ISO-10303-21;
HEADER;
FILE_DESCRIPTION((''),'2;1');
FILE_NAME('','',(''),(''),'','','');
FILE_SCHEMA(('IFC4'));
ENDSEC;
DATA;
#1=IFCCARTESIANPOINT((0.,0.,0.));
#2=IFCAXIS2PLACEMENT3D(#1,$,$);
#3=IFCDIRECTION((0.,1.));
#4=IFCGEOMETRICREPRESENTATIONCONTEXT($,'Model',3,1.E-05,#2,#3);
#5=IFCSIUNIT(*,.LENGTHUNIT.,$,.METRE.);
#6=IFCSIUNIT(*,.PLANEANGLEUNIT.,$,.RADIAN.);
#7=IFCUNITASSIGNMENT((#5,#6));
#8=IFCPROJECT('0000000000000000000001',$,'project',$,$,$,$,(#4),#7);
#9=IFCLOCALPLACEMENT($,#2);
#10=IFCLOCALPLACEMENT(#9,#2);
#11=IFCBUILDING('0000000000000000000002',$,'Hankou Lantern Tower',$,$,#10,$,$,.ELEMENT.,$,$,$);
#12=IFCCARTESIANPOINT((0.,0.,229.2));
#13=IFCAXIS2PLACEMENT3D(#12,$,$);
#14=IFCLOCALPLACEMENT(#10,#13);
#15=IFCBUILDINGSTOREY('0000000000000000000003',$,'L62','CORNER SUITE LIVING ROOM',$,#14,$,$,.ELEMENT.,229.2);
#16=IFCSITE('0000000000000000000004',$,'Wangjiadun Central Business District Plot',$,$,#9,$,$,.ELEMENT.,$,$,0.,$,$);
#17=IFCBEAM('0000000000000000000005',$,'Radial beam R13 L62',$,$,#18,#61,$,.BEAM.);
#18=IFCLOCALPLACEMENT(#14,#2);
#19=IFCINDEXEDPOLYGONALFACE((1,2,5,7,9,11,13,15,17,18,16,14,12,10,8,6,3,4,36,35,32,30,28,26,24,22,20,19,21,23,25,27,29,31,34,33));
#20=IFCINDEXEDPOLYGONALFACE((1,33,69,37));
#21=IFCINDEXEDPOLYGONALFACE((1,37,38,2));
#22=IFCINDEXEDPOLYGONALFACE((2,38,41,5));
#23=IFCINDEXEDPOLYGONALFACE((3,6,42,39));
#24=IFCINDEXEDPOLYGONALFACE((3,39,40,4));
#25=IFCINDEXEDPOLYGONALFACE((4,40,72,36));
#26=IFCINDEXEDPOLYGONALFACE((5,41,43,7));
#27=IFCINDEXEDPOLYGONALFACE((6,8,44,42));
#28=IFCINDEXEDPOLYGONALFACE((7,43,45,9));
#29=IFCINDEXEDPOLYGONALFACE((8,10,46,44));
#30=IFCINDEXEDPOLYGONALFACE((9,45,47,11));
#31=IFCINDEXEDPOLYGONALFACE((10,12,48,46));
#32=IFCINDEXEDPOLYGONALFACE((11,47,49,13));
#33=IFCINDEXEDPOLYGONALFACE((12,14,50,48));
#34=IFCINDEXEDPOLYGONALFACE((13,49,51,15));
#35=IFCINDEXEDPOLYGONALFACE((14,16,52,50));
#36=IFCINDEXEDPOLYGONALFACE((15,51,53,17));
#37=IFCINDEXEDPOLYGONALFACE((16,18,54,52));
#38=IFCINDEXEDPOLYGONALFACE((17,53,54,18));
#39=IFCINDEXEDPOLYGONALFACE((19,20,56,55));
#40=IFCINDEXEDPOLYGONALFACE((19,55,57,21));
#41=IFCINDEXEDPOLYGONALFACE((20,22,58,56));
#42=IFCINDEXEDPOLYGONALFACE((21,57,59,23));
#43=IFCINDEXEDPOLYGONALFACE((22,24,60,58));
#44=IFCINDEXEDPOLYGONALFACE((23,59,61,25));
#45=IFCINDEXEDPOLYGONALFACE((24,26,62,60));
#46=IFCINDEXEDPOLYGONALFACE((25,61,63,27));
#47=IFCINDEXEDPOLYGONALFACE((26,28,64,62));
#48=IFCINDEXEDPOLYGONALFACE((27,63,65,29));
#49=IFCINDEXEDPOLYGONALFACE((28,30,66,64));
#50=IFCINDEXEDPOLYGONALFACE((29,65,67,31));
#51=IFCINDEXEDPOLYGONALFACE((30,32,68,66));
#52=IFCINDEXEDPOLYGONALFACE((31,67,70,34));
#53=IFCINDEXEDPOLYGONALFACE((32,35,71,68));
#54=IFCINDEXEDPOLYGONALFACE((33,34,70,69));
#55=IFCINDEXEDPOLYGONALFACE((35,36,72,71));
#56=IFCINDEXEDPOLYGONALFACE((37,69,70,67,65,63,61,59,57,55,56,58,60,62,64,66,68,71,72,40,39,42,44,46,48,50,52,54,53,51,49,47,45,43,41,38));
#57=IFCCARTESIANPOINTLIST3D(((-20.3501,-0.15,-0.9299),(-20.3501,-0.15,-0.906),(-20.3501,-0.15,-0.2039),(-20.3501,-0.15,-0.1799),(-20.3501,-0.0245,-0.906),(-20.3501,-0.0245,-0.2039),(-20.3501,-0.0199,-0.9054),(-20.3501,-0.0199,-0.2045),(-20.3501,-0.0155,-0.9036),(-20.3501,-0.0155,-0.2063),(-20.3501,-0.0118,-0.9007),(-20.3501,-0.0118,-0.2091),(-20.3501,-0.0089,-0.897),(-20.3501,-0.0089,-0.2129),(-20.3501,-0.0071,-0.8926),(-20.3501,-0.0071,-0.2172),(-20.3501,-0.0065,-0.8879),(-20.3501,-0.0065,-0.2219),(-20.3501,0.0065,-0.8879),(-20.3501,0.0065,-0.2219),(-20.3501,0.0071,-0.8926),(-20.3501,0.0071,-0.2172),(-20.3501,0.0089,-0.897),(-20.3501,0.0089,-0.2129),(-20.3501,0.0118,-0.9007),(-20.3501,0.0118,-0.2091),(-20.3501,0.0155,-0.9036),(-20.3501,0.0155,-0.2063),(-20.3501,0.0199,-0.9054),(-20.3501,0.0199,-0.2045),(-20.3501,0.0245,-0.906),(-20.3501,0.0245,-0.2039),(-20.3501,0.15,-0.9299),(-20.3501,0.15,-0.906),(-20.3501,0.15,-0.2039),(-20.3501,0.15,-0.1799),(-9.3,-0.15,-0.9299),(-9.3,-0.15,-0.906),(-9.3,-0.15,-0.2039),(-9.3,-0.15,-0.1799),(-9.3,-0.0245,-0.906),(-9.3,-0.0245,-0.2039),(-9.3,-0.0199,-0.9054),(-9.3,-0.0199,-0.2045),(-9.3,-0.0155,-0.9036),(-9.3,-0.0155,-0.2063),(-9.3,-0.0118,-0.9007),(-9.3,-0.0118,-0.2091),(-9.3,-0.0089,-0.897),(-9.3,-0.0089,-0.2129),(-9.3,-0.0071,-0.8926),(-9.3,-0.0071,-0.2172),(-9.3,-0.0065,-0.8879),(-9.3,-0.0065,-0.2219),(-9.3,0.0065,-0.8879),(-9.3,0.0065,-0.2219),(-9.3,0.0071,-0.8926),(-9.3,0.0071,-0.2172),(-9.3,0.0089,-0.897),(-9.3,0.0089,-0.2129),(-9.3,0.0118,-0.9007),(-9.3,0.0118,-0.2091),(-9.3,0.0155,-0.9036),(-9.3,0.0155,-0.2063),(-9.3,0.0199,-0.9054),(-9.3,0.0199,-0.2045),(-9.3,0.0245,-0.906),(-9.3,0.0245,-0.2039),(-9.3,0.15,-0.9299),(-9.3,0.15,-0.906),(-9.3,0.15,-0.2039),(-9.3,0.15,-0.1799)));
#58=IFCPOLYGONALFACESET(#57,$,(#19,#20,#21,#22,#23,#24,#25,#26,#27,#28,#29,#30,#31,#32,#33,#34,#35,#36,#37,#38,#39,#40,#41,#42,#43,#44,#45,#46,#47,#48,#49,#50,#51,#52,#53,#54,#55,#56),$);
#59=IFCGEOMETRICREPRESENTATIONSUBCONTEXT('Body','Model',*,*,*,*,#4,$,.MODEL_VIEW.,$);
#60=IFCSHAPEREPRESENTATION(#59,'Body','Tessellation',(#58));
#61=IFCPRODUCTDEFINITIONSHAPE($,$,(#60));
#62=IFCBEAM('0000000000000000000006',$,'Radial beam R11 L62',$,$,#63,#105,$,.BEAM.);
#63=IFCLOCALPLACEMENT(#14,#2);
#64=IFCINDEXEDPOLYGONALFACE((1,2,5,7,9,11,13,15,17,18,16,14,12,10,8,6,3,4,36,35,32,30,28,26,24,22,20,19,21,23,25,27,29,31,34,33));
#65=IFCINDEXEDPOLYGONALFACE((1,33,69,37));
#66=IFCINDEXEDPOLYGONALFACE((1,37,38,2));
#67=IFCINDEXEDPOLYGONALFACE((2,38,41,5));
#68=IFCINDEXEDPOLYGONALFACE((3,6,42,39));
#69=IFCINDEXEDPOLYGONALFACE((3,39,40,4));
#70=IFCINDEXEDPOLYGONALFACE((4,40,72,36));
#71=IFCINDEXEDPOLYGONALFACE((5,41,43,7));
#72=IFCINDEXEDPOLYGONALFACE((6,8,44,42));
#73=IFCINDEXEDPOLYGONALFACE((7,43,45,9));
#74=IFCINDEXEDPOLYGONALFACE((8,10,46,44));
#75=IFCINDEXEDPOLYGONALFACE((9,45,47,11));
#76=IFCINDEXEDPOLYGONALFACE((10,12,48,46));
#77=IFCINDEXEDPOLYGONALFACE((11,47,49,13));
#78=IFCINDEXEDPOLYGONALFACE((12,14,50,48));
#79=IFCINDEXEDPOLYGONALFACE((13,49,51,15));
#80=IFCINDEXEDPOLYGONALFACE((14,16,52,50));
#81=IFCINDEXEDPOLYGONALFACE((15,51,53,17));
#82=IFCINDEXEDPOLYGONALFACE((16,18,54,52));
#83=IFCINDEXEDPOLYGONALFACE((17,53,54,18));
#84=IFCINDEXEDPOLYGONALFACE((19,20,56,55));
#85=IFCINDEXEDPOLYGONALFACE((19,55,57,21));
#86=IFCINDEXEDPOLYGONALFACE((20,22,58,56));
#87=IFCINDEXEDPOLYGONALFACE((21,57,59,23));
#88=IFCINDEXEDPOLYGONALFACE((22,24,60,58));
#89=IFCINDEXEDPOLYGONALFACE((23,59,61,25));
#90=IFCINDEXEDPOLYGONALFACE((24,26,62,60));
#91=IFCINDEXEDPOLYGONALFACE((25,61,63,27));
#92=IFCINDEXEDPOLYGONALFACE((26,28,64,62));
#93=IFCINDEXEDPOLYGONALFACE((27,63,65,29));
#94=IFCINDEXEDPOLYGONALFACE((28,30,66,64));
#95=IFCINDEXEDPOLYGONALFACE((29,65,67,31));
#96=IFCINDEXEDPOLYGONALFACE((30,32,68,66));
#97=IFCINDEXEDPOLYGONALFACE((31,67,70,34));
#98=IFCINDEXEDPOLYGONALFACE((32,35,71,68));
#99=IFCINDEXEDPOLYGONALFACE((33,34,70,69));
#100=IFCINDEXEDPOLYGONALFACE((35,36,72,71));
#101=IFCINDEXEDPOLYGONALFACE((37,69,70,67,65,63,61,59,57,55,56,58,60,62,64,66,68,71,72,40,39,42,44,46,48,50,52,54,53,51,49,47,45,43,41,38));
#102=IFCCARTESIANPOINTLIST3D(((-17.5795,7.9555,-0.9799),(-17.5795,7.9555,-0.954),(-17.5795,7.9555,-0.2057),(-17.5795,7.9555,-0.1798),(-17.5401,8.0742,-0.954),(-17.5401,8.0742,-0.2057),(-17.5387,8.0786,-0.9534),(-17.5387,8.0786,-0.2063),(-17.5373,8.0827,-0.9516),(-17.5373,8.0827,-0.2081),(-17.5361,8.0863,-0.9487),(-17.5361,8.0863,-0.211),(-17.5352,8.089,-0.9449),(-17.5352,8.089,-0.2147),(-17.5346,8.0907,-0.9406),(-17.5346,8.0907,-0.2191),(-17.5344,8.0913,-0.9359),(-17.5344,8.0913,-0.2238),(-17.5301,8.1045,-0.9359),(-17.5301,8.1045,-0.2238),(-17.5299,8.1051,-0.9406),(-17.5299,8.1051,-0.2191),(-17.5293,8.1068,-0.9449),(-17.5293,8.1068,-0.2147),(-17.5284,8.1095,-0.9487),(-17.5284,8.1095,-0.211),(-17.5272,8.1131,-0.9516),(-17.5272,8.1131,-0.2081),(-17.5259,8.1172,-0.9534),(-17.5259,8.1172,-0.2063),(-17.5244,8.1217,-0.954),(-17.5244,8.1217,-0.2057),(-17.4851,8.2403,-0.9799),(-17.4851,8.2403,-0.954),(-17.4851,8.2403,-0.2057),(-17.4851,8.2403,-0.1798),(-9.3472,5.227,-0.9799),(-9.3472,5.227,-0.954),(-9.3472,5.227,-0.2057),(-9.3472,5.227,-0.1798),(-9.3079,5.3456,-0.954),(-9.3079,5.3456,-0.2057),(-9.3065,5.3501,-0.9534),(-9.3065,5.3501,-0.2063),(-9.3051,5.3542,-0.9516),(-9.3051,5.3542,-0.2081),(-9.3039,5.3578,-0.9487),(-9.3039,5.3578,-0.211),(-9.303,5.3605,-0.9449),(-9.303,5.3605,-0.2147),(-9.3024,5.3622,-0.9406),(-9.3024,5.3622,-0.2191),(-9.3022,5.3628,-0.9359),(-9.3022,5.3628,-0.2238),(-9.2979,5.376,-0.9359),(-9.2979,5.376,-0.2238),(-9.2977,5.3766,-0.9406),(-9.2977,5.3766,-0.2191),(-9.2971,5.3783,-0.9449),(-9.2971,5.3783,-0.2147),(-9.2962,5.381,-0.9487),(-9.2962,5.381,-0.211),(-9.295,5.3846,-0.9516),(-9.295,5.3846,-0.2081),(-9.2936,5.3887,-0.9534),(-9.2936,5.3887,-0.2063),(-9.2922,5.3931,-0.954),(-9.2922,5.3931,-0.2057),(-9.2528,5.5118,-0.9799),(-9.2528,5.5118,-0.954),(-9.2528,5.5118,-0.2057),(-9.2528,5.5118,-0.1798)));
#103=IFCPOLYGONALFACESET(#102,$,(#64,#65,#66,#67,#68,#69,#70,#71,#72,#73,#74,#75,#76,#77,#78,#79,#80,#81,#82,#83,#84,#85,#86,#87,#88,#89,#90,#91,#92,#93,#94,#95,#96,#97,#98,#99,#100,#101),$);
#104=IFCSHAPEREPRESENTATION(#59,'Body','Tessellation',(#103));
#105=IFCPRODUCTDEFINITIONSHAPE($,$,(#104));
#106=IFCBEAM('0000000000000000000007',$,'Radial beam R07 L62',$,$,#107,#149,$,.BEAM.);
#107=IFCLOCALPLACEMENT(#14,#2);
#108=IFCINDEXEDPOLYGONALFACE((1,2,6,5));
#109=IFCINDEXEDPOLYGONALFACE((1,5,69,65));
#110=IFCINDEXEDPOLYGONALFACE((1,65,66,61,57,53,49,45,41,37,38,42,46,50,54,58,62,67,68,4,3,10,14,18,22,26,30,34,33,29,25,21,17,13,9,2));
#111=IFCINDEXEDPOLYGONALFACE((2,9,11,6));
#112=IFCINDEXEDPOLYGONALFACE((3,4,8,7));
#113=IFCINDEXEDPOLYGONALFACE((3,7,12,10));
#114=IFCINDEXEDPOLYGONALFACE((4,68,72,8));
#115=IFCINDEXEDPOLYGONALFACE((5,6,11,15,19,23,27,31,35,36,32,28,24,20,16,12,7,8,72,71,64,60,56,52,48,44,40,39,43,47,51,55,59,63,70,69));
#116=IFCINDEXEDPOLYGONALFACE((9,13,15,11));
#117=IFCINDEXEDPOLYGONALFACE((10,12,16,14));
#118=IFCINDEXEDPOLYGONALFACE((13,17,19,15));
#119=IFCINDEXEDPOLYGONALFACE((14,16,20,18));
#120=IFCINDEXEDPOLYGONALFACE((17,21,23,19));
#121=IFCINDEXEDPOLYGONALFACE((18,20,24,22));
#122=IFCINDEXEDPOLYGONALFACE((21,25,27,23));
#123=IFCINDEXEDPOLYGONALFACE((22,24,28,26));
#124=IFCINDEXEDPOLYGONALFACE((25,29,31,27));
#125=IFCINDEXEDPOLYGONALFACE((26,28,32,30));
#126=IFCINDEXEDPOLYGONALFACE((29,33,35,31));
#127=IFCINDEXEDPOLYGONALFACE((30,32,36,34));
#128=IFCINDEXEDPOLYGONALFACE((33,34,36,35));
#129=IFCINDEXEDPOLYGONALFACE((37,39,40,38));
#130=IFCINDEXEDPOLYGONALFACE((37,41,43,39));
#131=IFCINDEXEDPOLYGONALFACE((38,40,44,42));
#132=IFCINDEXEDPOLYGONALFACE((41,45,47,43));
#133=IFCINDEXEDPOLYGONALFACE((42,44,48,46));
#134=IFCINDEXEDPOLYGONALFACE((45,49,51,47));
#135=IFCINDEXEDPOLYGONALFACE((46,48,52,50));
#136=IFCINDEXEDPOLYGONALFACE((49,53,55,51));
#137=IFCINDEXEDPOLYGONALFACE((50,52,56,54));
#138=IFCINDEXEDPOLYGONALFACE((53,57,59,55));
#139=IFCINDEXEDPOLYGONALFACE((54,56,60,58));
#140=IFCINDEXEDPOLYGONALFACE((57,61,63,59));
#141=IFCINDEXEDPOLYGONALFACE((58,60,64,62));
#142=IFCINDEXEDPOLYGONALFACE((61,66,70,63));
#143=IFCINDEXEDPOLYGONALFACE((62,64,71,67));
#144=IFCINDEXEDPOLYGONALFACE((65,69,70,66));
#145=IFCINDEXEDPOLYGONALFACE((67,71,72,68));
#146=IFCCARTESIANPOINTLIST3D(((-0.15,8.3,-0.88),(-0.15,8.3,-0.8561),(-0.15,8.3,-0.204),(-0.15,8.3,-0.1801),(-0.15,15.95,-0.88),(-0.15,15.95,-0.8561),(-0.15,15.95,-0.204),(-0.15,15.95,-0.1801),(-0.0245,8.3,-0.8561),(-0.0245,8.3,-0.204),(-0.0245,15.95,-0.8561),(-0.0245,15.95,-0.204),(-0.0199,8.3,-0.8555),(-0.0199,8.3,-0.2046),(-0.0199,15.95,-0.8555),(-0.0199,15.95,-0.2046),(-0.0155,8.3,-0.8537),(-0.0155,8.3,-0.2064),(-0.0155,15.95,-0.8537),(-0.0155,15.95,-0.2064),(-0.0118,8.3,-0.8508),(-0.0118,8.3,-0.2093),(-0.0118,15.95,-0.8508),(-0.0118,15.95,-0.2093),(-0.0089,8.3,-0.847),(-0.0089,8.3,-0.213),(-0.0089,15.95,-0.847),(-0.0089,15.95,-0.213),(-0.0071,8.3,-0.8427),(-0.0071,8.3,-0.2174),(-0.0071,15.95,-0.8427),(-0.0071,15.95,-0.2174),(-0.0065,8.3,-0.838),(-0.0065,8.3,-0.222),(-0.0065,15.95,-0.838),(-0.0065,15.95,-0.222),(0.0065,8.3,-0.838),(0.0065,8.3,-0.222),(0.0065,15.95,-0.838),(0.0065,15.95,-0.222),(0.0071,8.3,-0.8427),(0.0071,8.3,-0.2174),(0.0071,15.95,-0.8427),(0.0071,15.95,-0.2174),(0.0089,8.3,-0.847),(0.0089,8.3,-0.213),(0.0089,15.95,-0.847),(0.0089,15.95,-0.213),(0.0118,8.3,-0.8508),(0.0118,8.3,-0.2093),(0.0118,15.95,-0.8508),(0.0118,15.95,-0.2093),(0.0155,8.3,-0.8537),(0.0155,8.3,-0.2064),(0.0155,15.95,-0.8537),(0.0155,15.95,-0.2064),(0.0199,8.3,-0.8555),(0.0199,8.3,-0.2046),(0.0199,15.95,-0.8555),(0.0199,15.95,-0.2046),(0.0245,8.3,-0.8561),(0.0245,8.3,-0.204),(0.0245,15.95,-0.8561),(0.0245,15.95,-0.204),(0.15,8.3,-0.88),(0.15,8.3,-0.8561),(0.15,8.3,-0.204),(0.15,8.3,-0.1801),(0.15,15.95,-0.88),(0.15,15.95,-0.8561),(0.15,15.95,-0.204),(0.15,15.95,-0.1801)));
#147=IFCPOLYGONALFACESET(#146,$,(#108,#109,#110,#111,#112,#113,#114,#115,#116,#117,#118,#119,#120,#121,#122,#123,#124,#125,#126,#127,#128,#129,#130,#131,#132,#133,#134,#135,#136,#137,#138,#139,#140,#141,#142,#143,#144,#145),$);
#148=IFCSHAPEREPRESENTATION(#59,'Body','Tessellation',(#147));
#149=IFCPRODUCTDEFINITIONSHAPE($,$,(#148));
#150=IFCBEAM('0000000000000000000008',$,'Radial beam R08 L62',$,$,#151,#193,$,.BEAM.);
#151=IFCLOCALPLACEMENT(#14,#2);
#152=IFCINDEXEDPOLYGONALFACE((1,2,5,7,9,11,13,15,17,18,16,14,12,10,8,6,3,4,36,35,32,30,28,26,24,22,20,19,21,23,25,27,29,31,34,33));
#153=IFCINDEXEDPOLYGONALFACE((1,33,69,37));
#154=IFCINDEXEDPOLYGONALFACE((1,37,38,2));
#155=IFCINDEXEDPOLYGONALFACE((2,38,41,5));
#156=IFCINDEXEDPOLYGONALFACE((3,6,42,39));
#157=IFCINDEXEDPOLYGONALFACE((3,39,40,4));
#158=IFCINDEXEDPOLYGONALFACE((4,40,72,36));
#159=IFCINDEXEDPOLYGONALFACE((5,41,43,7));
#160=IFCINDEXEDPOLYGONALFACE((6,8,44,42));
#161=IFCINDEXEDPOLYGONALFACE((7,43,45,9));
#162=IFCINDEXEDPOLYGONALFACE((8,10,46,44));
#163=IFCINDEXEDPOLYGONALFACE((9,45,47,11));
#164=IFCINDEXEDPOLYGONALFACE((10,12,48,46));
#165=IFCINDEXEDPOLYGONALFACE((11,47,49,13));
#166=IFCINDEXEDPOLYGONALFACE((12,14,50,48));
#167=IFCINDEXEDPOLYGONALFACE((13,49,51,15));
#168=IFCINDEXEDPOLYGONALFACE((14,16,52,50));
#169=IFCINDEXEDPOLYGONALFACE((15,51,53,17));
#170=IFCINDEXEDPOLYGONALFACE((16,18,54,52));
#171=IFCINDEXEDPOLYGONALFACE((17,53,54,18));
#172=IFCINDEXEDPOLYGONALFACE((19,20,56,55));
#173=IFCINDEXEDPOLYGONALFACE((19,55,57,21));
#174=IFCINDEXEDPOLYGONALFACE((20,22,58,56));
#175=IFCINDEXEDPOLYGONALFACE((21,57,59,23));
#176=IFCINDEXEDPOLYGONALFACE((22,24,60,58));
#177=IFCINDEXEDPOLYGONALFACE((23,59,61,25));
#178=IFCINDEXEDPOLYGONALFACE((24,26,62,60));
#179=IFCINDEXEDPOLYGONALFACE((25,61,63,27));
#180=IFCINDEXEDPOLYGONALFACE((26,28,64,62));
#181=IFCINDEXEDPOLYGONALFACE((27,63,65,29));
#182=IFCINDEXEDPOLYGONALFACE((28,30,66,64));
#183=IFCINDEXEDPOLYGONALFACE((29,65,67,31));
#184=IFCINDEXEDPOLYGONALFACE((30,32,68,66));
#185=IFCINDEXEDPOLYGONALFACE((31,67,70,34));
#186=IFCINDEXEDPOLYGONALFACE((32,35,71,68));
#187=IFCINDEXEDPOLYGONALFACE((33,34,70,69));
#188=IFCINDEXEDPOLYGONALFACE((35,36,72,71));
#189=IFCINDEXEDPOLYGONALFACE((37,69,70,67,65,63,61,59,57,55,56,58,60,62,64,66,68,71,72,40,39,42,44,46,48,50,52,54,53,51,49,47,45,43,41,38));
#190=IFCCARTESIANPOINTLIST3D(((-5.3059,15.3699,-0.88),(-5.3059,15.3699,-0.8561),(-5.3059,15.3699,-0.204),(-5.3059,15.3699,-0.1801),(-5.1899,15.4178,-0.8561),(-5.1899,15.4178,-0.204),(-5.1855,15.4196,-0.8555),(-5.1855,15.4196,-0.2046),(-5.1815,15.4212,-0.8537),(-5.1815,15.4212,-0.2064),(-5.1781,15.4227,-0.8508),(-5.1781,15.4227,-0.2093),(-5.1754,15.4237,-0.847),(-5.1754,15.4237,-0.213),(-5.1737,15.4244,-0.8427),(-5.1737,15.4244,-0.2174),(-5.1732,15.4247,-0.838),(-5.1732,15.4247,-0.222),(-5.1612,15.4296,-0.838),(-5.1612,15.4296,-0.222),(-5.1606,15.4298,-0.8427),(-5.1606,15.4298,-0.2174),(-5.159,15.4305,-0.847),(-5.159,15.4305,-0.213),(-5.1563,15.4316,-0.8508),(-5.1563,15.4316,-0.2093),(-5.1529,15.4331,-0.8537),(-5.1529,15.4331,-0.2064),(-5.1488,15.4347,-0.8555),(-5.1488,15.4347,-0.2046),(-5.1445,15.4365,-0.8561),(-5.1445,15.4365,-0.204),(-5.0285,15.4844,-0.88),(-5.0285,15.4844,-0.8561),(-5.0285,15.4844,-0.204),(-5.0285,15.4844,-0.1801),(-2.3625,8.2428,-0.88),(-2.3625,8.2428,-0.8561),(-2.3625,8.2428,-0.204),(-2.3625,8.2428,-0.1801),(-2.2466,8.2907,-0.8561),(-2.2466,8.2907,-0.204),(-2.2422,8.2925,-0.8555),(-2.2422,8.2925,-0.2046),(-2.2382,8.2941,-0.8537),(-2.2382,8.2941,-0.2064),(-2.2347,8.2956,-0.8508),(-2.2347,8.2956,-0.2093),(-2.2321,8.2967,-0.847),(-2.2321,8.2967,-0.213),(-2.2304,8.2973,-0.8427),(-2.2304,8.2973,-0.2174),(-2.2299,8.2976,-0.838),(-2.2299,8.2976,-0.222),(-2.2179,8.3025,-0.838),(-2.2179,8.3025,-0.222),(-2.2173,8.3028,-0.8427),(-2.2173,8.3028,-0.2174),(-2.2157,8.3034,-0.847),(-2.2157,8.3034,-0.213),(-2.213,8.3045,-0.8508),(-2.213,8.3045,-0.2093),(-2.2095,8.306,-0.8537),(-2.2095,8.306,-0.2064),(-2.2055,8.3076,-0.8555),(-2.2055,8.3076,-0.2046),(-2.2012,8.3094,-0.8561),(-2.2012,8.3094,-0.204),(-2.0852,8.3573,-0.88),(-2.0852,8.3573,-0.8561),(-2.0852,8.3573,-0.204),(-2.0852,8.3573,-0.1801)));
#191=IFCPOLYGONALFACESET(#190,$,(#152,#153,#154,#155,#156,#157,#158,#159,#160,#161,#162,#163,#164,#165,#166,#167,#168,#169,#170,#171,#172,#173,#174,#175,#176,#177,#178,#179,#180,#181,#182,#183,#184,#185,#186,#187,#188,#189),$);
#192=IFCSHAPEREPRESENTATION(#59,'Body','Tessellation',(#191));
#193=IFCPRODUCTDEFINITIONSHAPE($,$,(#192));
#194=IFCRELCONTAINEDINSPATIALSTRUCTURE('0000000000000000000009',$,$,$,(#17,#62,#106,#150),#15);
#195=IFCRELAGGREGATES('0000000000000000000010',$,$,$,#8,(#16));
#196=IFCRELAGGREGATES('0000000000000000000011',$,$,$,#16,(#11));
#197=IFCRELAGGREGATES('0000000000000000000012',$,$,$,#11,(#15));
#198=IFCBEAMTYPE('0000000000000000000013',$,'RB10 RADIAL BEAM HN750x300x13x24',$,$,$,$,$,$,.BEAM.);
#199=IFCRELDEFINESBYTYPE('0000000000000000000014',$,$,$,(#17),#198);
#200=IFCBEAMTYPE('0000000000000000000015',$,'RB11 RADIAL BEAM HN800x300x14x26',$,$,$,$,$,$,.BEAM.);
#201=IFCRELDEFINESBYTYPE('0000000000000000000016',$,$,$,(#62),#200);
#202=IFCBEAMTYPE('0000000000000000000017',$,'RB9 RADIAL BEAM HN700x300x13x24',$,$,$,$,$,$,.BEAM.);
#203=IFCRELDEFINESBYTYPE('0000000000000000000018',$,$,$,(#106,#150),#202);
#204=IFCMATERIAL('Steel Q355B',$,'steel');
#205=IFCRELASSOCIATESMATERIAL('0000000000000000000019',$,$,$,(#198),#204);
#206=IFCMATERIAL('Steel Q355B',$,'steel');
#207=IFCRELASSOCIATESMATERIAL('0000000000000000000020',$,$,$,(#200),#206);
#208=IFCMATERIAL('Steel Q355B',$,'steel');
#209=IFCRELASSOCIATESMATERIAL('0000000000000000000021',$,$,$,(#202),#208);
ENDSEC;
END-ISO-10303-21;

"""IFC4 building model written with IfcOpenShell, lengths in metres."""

from ifc_helpers import new_model, si_unit, direction, frame, origin, origin_2d, place, context, subcontext, project, spatial, i_section, extrude, material, material_profile, profile_set, type_object, element, save


model = new_model("IFC4")

# Units and contexts
model_context = context("Model", 3, precision=1e-05, world=origin(), true_north=direction((0.0, 1.0)))
body_context = subcontext(model_context, "Body", "Model", "MODEL_VIEW")
ifc_project = project(units=[si_unit("LENGTHUNIT", "METRE"), si_unit("PLANEANGLEUNIT", "RADIAN")], contexts=[model_context])

# Site, building, storey
site_placement = place(None, origin())
site = spatial("IfcSite", under=ifc_project, at=site_placement, Name="Wangjiadun Central Business District Plot", CompositionType="ELEMENT", RefElevation=0.0)
building_placement = place(site_placement, origin())
building = spatial("IfcBuilding", under=site, at=building_placement, Name="Hankou Lantern Tower", CompositionType="ELEMENT")
storey_placement = place(building_placement, frame((0.0, 0.0, 229.2)))
storey = spatial("IfcBuildingStorey", under=building, at=storey_placement, Name="L62", Description="CORNER SUITE LIVING ROOM", CompositionType="ELEMENT", Elevation=229.2)

# Beams
ifc_material_1 = material(Name="Steel Q355B", Category="steel")
ifc_material_profile_1 = material_profile(ifc_material_1, i_section(OverallWidth=0.3, OverallDepth=0.75, WebThickness=0.0129, FlangeThickness=0.0239, FilletRadius=0.0181, at=origin_2d()), Name="HN750x300x13x24")
ifc_profile_set_1 = profile_set([ifc_material_profile_1], Name="Steel Q355B")
beam_type_1 = type_object("IfcBeamType", Name="RB10 RADIAL BEAM HN750x300x13x24", PredefinedType="BEAM", material=ifc_profile_set_1)
beam_1_placement = place(storey_placement, frame((-9.3, 0.0, -0.5549), z_axis=(-1.0, 0.0, 0.0), x_axis=(0.0, -1.0, 0.0)))
element("IfcBeam", 1, at=beam_1_placement, inside=storey, type_object=beam_type_1, Name="Radial beam R13 L62", PredefinedType="BEAM", context=body_context, shape_type="SweptSolid", body=[
    extrude(i_section(OverallWidth=0.3, OverallDepth=0.75, WebThickness=0.0129, FlangeThickness=0.0239, FilletRadius=0.0181, at=origin_2d()), origin(), (0.0, 0.0, 1.0), 11.05),
])
ifc_material_2 = material(Name="Steel Q355B", Category="steel")
ifc_material_profile_2 = material_profile(ifc_material_2, i_section(OverallWidth=0.3, OverallDepth=0.8, WebThickness=0.0139, FlangeThickness=0.0259, FilletRadius=0.0181, at=origin_2d()), Name="HN800x300x14x26")
ifc_profile_set_2 = profile_set([ifc_material_profile_2], Name="Steel Q355B")
beam_type_2 = type_object("IfcBeamType", Name="RB11 RADIAL BEAM HN800x300x14x26", PredefinedType="BEAM", material=ifc_profile_set_2)
beam_2_placement = place(storey_placement, frame((-9.3, 5.3694, -0.5798), z_axis=(-0.94922, 0.314614, 0.0), x_axis=(-0.314614, -0.94922, 0.0)))
element("IfcBeam", 2, at=beam_2_placement, inside=storey, type_object=beam_type_2, Name="Radial beam R11 L62", PredefinedType="BEAM", context=body_context, shape_type="SweptSolid", body=[
    extrude(i_section(OverallWidth=0.3, OverallDepth=0.8, WebThickness=0.0139, FlangeThickness=0.0259, FilletRadius=0.0181, at=origin_2d()), origin(), (0.0, 0.0, 1.0), 8.6726),
])
ifc_material_3 = material(Name="Steel Q355B", Category="steel")
ifc_material_profile_3 = material_profile(ifc_material_3, i_section(OverallWidth=0.3, OverallDepth=0.7, WebThickness=0.0129, FlangeThickness=0.0239, FilletRadius=0.0181, at=origin_2d()), Name="HN700x300x13x24")
ifc_profile_set_3 = profile_set([ifc_material_profile_3], Name="Steel Q355B")
beam_type_3 = type_object("IfcBeamType", Name="RB9 RADIAL BEAM HN700x300x13x24", PredefinedType="BEAM", material=ifc_profile_set_3)
beam_3_placement = place(storey_placement, frame((0.0, 8.3, -0.53), z_axis=(0.0, 1.0, 0.0), x_axis=(-1.0, 0.0, 0.0)))
element("IfcBeam", 3, at=beam_3_placement, inside=storey, type_object=beam_type_3, Name="Radial beam R07 L62", PredefinedType="BEAM", context=body_context, shape_type="SweptSolid", body=[
    extrude(i_section(OverallWidth=0.3, OverallDepth=0.7, WebThickness=0.0129, FlangeThickness=0.0239, FilletRadius=0.0181, at=origin_2d()), origin(), (0.0, 0.0, 1.0), 7.6499),
])
beam_4_placement = place(storey_placement, frame((-2.2239, 8.3, -0.53), z_axis=(-0.381707, 0.924284, 0.0), x_axis=(-0.924284, -0.381707, 0.0)))
element("IfcBeam", 4, at=beam_4_placement, inside=storey, type_object=beam_type_3, Name="Radial beam R08 L62", PredefinedType="BEAM", context=body_context, shape_type="SweptSolid", body=[
    extrude(i_section(OverallWidth=0.3, OverallDepth=0.7, WebThickness=0.0129, FlangeThickness=0.0239, FilletRadius=0.0181, at=origin_2d()), origin(), (0.0, 0.0, 1.0), 7.7109),
])

save(model, "model.ifc")
